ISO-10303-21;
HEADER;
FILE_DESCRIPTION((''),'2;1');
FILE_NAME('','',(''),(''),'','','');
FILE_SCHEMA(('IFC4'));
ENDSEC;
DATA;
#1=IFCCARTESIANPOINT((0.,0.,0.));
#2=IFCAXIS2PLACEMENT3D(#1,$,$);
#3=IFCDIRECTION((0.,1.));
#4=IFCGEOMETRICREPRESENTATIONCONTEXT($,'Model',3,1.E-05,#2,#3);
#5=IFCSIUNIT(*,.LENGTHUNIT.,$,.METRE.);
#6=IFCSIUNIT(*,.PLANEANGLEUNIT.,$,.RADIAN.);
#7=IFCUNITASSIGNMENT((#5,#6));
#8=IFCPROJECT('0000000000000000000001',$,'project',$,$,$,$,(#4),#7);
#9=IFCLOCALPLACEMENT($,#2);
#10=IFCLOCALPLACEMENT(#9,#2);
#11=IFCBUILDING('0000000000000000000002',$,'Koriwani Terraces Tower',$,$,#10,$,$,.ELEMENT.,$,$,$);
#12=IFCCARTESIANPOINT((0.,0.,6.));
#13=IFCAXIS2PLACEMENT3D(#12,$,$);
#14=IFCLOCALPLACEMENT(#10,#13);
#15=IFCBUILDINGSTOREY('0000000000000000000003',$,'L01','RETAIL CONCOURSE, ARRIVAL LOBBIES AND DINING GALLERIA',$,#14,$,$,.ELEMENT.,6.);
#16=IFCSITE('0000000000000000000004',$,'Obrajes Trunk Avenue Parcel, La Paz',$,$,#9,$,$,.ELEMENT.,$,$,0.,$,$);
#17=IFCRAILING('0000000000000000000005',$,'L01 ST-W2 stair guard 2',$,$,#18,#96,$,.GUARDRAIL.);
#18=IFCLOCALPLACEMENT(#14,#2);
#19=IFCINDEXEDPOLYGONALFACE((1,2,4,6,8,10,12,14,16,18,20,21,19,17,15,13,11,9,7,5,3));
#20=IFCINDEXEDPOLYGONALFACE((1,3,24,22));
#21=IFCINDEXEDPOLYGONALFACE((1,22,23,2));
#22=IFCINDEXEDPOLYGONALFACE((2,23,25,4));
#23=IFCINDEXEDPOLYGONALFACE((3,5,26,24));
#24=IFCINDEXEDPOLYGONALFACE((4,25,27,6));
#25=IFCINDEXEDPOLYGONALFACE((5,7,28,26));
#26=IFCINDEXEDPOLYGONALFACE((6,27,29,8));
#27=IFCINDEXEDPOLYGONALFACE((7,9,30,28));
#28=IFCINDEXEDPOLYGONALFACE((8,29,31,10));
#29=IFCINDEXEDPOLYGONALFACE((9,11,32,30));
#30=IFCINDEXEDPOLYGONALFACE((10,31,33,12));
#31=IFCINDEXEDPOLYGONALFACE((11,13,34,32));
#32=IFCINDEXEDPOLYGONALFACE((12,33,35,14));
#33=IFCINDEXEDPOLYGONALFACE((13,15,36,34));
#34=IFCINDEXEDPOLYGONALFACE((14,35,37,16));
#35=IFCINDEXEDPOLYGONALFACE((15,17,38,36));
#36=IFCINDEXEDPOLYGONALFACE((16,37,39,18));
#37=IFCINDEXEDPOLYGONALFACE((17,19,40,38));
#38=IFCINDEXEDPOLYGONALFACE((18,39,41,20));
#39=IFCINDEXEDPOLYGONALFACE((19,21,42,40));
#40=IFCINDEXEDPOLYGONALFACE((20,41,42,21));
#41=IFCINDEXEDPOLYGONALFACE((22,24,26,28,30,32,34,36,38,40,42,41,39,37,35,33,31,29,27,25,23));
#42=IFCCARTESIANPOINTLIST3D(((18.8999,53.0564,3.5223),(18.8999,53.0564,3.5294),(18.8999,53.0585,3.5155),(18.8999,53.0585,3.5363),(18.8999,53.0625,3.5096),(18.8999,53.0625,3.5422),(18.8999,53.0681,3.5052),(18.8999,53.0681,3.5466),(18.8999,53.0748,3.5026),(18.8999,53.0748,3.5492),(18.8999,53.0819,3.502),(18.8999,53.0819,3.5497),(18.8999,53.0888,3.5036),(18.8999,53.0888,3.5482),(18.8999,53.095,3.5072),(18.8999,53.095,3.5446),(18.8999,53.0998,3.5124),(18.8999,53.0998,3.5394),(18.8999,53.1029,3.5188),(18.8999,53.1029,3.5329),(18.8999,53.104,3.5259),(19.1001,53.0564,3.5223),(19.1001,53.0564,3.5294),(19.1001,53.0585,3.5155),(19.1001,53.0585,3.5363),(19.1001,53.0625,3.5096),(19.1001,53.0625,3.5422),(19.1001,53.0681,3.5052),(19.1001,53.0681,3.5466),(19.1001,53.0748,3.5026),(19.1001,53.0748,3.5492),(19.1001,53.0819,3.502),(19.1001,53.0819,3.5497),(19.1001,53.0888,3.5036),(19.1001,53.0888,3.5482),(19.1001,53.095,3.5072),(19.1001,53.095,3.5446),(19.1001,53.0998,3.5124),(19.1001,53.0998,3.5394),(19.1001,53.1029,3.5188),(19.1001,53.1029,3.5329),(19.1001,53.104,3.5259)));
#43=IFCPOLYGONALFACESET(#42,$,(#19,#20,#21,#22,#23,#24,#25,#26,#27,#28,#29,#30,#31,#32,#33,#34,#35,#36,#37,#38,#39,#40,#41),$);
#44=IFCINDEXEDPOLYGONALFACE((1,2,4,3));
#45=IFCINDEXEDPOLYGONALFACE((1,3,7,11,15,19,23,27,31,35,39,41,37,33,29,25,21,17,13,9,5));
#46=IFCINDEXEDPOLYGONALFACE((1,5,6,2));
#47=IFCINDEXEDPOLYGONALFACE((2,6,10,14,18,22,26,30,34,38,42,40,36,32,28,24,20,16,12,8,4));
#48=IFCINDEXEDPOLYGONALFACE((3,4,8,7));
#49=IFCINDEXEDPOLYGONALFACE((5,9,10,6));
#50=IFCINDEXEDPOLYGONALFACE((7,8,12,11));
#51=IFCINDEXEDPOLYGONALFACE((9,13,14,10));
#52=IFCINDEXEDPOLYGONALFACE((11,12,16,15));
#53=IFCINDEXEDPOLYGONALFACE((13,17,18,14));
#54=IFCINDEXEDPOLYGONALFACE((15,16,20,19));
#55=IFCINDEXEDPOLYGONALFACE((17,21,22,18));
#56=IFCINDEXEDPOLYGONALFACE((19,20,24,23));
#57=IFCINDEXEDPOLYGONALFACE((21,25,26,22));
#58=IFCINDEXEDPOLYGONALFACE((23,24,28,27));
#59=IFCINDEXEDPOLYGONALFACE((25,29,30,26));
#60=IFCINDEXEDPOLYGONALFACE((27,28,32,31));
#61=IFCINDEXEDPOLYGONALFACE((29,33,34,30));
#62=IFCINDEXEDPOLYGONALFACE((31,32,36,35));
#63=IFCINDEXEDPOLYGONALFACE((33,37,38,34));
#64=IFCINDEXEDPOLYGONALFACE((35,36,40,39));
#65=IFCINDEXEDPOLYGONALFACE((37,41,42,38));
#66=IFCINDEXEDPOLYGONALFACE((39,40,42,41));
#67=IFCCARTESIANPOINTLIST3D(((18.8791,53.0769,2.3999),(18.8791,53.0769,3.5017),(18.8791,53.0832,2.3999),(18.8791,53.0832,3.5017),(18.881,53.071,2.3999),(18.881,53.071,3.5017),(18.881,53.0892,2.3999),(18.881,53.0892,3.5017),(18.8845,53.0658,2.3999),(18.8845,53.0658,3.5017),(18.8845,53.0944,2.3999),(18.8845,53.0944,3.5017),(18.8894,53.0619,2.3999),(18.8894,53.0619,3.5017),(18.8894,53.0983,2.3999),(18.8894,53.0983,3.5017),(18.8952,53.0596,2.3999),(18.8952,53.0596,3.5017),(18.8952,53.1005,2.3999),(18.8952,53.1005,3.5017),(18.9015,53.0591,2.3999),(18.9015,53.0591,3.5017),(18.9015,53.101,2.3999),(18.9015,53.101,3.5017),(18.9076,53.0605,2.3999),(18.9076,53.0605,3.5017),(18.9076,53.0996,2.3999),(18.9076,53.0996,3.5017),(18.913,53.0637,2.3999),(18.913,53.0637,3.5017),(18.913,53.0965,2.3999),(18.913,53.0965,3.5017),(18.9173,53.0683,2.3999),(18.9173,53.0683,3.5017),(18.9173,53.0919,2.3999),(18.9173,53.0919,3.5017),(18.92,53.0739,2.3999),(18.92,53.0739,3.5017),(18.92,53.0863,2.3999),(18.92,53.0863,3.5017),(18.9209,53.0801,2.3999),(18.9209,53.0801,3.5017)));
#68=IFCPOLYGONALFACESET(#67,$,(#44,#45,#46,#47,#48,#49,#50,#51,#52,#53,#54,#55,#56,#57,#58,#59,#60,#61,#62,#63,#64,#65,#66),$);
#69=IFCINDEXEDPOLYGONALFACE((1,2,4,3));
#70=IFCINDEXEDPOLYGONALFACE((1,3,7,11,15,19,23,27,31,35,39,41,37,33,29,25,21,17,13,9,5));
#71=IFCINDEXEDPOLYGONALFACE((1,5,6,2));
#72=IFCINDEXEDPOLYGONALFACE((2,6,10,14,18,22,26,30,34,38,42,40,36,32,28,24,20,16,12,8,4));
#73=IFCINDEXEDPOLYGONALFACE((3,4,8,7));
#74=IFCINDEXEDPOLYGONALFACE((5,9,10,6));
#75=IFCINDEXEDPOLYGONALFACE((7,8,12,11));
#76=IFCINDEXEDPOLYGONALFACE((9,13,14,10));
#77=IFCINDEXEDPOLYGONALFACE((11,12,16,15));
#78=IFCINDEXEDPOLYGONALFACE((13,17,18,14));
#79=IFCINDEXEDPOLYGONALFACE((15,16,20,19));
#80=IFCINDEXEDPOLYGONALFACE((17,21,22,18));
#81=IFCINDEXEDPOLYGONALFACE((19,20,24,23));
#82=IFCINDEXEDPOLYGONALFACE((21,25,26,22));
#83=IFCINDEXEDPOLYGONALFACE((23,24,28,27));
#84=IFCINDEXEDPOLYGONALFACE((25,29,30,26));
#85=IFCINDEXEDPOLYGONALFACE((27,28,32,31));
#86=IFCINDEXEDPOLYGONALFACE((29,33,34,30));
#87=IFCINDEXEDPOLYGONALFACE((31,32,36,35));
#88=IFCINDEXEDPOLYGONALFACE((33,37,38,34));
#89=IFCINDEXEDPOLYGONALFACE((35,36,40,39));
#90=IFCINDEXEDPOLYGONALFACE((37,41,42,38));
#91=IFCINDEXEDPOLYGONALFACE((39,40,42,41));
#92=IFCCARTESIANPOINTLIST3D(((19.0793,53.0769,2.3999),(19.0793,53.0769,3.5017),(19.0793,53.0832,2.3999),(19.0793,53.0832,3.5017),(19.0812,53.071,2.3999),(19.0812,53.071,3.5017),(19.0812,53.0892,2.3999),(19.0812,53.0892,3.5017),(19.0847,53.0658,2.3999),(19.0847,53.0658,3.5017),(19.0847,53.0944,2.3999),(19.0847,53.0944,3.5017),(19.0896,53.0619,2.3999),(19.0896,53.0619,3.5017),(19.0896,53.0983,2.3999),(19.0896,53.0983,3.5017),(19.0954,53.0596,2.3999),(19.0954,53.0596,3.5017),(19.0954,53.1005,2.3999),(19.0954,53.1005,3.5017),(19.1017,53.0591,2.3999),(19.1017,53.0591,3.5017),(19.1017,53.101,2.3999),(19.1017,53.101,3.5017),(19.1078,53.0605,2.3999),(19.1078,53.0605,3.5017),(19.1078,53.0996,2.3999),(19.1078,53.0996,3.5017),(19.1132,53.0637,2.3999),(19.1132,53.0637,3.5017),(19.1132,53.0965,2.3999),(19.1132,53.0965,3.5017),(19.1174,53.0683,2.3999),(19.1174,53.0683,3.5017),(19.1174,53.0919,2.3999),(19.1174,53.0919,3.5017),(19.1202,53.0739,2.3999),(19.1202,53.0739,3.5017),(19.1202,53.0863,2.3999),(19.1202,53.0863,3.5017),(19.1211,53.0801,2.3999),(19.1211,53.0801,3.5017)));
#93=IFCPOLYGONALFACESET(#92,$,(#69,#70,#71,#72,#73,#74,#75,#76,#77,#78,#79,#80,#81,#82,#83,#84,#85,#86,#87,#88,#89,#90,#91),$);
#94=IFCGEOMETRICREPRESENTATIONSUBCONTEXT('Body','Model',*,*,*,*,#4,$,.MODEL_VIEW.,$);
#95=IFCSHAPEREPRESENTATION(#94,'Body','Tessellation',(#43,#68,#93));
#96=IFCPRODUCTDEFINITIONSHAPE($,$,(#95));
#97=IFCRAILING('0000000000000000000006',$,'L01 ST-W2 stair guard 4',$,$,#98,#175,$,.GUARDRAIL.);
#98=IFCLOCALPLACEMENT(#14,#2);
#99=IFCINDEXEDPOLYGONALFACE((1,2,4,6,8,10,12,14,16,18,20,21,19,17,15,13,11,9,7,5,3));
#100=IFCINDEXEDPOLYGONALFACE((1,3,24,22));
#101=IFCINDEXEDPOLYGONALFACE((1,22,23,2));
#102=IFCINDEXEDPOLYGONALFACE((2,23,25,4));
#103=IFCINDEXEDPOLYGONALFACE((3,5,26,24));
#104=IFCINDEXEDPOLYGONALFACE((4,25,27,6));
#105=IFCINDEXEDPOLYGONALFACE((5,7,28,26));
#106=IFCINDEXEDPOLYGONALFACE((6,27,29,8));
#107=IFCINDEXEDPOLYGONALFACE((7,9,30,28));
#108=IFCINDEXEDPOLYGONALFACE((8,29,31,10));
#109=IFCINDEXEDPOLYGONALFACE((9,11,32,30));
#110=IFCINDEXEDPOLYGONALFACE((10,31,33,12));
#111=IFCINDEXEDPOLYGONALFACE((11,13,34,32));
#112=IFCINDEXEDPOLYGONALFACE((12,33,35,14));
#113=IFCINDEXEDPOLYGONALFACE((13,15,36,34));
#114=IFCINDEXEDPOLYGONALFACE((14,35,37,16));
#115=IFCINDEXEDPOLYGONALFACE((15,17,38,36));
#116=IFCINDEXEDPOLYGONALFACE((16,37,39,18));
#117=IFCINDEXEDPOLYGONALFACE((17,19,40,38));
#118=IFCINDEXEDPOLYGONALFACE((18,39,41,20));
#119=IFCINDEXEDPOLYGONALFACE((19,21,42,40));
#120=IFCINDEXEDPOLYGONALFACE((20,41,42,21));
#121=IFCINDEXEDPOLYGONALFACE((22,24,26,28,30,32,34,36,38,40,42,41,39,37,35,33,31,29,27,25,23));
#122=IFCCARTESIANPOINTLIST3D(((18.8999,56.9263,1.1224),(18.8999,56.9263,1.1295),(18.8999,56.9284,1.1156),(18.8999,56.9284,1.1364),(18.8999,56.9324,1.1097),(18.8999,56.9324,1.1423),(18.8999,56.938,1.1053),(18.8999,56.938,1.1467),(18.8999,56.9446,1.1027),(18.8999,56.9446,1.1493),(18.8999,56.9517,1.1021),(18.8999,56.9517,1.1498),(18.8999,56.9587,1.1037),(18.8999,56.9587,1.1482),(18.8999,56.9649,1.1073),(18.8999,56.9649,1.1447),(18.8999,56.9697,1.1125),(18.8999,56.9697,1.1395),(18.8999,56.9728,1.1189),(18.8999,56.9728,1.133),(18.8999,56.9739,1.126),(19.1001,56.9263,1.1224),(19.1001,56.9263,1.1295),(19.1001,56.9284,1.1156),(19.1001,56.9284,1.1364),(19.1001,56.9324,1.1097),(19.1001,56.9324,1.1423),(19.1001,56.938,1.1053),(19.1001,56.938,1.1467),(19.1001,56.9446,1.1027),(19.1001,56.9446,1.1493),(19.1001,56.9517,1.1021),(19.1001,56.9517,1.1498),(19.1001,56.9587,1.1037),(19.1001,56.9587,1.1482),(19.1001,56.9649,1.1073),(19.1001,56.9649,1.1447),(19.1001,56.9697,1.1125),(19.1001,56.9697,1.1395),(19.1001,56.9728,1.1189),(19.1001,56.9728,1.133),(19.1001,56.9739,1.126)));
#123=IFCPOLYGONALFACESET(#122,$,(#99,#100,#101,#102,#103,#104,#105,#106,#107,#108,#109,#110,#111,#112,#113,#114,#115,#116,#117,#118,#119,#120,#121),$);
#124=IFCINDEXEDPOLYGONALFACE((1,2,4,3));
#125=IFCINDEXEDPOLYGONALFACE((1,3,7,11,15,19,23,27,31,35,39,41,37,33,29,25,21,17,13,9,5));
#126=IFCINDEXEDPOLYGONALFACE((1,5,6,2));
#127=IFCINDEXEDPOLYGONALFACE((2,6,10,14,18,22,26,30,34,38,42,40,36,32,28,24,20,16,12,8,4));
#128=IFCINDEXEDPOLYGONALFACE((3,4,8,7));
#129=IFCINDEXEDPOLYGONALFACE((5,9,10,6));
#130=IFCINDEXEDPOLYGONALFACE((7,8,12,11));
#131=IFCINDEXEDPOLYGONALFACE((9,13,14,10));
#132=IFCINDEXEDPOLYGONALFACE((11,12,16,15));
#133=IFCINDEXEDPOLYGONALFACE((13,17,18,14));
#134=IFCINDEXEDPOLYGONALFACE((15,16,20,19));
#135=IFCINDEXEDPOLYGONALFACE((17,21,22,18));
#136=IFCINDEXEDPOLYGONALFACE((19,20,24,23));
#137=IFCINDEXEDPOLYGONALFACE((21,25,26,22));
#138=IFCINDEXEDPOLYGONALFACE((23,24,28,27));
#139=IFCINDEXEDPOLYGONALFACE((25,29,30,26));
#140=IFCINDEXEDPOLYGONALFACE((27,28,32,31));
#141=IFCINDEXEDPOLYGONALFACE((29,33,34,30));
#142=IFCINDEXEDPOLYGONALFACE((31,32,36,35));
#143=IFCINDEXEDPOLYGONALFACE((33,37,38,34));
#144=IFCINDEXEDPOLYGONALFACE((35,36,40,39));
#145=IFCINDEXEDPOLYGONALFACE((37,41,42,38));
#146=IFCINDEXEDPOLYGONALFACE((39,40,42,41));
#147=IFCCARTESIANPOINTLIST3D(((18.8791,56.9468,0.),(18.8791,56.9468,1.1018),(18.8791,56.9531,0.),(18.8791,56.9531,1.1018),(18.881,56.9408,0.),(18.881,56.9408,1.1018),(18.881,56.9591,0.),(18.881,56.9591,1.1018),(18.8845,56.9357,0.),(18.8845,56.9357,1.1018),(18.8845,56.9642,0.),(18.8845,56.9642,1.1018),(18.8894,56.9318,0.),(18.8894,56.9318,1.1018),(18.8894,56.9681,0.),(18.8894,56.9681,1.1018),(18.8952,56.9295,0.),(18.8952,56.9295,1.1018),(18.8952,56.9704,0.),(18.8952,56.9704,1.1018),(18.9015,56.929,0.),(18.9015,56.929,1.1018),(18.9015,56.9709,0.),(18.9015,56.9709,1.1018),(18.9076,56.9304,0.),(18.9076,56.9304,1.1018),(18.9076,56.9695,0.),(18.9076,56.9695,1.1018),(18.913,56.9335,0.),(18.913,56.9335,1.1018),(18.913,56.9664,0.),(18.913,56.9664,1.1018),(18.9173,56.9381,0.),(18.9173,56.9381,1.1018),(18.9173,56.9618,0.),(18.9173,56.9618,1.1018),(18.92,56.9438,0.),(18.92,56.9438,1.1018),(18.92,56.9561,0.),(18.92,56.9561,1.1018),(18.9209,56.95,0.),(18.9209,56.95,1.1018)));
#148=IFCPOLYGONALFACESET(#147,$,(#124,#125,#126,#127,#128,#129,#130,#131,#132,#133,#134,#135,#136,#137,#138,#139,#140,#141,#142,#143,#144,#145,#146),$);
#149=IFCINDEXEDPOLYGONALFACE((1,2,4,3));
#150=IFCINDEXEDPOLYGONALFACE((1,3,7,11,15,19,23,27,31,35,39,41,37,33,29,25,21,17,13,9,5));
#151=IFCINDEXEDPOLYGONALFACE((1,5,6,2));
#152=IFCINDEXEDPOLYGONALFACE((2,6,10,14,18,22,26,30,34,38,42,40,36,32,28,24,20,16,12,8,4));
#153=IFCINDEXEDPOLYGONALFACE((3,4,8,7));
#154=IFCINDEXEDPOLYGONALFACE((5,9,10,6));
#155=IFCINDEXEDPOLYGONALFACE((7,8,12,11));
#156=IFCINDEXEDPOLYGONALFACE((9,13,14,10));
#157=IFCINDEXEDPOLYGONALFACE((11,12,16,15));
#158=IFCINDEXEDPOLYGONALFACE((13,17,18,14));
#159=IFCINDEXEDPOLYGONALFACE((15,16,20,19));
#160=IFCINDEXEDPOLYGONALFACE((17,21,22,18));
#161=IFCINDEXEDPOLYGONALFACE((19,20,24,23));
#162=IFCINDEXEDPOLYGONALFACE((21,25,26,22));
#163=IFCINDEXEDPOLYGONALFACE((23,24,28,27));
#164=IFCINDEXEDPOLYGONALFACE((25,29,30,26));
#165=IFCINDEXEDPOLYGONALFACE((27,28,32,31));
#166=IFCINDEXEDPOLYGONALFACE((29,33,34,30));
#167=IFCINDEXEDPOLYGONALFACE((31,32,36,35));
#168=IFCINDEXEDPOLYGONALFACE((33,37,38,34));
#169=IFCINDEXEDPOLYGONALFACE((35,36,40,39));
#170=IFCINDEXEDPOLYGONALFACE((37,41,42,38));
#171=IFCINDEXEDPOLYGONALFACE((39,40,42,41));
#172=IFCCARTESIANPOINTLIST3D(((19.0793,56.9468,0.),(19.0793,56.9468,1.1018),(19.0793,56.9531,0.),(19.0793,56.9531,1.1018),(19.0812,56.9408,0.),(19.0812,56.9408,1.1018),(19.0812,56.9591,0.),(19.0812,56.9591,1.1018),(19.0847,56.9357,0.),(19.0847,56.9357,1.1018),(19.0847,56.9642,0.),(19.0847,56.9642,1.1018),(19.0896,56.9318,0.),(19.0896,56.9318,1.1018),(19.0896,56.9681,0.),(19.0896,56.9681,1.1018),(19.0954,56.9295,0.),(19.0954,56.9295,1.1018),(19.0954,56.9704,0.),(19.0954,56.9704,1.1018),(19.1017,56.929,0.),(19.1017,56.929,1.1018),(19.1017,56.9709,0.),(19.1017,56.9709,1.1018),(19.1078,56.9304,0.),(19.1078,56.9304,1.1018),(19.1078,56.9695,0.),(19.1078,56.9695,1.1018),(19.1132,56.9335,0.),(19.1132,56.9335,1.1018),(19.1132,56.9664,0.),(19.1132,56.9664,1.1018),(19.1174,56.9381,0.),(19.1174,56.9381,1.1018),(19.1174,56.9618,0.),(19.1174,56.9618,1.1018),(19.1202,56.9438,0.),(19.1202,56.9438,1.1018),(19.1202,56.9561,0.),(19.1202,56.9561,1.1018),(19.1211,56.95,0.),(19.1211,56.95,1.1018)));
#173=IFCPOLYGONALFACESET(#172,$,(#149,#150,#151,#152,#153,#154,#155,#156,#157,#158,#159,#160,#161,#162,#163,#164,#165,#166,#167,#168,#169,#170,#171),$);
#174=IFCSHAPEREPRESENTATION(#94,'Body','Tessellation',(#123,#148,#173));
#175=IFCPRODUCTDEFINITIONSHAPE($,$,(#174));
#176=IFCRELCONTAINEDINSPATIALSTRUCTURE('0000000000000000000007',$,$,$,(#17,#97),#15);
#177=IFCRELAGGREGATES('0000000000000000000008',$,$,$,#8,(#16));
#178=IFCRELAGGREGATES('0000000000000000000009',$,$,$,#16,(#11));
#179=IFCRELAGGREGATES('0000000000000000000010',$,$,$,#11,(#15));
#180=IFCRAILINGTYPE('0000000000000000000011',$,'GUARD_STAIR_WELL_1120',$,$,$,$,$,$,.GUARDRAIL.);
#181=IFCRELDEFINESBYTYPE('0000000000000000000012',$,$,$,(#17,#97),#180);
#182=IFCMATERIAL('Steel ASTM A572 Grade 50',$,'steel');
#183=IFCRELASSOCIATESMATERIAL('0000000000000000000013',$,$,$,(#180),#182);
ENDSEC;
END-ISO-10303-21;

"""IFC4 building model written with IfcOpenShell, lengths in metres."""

from ifc_helpers import new_model, si_unit, direction, frame, origin, origin_2d, place, context, subcontext, project, spatial, circle, extrude, material, type_object, element, save


model = new_model("IFC4")

# Units and contexts
model_context = context("Model", 3, precision=1e-05, world=origin(), true_north=direction((0.0, 1.0)))
body_context = subcontext(model_context, "Body", "Model", "MODEL_VIEW")
ifc_project = project(units=[si_unit("LENGTHUNIT", "METRE"), si_unit("PLANEANGLEUNIT", "RADIAN")], contexts=[model_context])

# Site, building, storey
site_placement = place(None, origin())
site = spatial("IfcSite", under=ifc_project, at=site_placement, Name="Obrajes Trunk Avenue Parcel, La Paz", CompositionType="ELEMENT", RefElevation=0.0)
building_placement = place(site_placement, origin())
building = spatial("IfcBuilding", under=site, at=building_placement, Name="Koriwani Terraces Tower", CompositionType="ELEMENT")
storey_placement = place(building_placement, frame((0.0, 0.0, 6.0)))
storey = spatial("IfcBuildingStorey", under=building, at=storey_placement, Name="L01", Description="RETAIL CONCOURSE, ARRIVAL LOBBIES AND DINING GALLERIA", CompositionType="ELEMENT", Elevation=6.0)

# Shared definitions
ifc_material_1 = material(Name="Steel ASTM A572 Grade 50", Category="steel")

# Railings
railing_type_1 = type_object("IfcRailingType", Name="GUARD_STAIR_WELL_1120", PredefinedType="GUARDRAIL", material=ifc_material_1)
for number, where, name in (
    (1, (18.8999, 53.0801, 2.3999), "L01 ST-W2 stair guard 2"),
    (2, (18.8999, 56.95, 0.0), "L01 ST-W2 stair guard 4"),
):
    element("IfcRailing", number, at=place(storey_placement, frame(where)), inside=storey, type_object=railing_type_1, Name=name, PredefinedType="GUARDRAIL", context=body_context, shape_type="SweptSolid", body=[
        extrude(circle(Radius=0.0239, at=origin_2d()), frame((0.0, 0.0, 1.126), z_axis=(1.0, 0.0, 0.0), x_axis=(0.0, 1.0, 0.0)), (0.0, 0.0, 1.0), 0.2002),
        extrude(circle(Radius=0.021, at=origin_2d()), origin(), (0.0, 0.0, 1.0), 1.1018),
        extrude(circle(Radius=0.021, at=origin_2d()), frame((0.2002, 0.0, 0.0)), (0.0, 0.0, 1.0), 1.1018),
    ])

save(model, "model.ifc")
